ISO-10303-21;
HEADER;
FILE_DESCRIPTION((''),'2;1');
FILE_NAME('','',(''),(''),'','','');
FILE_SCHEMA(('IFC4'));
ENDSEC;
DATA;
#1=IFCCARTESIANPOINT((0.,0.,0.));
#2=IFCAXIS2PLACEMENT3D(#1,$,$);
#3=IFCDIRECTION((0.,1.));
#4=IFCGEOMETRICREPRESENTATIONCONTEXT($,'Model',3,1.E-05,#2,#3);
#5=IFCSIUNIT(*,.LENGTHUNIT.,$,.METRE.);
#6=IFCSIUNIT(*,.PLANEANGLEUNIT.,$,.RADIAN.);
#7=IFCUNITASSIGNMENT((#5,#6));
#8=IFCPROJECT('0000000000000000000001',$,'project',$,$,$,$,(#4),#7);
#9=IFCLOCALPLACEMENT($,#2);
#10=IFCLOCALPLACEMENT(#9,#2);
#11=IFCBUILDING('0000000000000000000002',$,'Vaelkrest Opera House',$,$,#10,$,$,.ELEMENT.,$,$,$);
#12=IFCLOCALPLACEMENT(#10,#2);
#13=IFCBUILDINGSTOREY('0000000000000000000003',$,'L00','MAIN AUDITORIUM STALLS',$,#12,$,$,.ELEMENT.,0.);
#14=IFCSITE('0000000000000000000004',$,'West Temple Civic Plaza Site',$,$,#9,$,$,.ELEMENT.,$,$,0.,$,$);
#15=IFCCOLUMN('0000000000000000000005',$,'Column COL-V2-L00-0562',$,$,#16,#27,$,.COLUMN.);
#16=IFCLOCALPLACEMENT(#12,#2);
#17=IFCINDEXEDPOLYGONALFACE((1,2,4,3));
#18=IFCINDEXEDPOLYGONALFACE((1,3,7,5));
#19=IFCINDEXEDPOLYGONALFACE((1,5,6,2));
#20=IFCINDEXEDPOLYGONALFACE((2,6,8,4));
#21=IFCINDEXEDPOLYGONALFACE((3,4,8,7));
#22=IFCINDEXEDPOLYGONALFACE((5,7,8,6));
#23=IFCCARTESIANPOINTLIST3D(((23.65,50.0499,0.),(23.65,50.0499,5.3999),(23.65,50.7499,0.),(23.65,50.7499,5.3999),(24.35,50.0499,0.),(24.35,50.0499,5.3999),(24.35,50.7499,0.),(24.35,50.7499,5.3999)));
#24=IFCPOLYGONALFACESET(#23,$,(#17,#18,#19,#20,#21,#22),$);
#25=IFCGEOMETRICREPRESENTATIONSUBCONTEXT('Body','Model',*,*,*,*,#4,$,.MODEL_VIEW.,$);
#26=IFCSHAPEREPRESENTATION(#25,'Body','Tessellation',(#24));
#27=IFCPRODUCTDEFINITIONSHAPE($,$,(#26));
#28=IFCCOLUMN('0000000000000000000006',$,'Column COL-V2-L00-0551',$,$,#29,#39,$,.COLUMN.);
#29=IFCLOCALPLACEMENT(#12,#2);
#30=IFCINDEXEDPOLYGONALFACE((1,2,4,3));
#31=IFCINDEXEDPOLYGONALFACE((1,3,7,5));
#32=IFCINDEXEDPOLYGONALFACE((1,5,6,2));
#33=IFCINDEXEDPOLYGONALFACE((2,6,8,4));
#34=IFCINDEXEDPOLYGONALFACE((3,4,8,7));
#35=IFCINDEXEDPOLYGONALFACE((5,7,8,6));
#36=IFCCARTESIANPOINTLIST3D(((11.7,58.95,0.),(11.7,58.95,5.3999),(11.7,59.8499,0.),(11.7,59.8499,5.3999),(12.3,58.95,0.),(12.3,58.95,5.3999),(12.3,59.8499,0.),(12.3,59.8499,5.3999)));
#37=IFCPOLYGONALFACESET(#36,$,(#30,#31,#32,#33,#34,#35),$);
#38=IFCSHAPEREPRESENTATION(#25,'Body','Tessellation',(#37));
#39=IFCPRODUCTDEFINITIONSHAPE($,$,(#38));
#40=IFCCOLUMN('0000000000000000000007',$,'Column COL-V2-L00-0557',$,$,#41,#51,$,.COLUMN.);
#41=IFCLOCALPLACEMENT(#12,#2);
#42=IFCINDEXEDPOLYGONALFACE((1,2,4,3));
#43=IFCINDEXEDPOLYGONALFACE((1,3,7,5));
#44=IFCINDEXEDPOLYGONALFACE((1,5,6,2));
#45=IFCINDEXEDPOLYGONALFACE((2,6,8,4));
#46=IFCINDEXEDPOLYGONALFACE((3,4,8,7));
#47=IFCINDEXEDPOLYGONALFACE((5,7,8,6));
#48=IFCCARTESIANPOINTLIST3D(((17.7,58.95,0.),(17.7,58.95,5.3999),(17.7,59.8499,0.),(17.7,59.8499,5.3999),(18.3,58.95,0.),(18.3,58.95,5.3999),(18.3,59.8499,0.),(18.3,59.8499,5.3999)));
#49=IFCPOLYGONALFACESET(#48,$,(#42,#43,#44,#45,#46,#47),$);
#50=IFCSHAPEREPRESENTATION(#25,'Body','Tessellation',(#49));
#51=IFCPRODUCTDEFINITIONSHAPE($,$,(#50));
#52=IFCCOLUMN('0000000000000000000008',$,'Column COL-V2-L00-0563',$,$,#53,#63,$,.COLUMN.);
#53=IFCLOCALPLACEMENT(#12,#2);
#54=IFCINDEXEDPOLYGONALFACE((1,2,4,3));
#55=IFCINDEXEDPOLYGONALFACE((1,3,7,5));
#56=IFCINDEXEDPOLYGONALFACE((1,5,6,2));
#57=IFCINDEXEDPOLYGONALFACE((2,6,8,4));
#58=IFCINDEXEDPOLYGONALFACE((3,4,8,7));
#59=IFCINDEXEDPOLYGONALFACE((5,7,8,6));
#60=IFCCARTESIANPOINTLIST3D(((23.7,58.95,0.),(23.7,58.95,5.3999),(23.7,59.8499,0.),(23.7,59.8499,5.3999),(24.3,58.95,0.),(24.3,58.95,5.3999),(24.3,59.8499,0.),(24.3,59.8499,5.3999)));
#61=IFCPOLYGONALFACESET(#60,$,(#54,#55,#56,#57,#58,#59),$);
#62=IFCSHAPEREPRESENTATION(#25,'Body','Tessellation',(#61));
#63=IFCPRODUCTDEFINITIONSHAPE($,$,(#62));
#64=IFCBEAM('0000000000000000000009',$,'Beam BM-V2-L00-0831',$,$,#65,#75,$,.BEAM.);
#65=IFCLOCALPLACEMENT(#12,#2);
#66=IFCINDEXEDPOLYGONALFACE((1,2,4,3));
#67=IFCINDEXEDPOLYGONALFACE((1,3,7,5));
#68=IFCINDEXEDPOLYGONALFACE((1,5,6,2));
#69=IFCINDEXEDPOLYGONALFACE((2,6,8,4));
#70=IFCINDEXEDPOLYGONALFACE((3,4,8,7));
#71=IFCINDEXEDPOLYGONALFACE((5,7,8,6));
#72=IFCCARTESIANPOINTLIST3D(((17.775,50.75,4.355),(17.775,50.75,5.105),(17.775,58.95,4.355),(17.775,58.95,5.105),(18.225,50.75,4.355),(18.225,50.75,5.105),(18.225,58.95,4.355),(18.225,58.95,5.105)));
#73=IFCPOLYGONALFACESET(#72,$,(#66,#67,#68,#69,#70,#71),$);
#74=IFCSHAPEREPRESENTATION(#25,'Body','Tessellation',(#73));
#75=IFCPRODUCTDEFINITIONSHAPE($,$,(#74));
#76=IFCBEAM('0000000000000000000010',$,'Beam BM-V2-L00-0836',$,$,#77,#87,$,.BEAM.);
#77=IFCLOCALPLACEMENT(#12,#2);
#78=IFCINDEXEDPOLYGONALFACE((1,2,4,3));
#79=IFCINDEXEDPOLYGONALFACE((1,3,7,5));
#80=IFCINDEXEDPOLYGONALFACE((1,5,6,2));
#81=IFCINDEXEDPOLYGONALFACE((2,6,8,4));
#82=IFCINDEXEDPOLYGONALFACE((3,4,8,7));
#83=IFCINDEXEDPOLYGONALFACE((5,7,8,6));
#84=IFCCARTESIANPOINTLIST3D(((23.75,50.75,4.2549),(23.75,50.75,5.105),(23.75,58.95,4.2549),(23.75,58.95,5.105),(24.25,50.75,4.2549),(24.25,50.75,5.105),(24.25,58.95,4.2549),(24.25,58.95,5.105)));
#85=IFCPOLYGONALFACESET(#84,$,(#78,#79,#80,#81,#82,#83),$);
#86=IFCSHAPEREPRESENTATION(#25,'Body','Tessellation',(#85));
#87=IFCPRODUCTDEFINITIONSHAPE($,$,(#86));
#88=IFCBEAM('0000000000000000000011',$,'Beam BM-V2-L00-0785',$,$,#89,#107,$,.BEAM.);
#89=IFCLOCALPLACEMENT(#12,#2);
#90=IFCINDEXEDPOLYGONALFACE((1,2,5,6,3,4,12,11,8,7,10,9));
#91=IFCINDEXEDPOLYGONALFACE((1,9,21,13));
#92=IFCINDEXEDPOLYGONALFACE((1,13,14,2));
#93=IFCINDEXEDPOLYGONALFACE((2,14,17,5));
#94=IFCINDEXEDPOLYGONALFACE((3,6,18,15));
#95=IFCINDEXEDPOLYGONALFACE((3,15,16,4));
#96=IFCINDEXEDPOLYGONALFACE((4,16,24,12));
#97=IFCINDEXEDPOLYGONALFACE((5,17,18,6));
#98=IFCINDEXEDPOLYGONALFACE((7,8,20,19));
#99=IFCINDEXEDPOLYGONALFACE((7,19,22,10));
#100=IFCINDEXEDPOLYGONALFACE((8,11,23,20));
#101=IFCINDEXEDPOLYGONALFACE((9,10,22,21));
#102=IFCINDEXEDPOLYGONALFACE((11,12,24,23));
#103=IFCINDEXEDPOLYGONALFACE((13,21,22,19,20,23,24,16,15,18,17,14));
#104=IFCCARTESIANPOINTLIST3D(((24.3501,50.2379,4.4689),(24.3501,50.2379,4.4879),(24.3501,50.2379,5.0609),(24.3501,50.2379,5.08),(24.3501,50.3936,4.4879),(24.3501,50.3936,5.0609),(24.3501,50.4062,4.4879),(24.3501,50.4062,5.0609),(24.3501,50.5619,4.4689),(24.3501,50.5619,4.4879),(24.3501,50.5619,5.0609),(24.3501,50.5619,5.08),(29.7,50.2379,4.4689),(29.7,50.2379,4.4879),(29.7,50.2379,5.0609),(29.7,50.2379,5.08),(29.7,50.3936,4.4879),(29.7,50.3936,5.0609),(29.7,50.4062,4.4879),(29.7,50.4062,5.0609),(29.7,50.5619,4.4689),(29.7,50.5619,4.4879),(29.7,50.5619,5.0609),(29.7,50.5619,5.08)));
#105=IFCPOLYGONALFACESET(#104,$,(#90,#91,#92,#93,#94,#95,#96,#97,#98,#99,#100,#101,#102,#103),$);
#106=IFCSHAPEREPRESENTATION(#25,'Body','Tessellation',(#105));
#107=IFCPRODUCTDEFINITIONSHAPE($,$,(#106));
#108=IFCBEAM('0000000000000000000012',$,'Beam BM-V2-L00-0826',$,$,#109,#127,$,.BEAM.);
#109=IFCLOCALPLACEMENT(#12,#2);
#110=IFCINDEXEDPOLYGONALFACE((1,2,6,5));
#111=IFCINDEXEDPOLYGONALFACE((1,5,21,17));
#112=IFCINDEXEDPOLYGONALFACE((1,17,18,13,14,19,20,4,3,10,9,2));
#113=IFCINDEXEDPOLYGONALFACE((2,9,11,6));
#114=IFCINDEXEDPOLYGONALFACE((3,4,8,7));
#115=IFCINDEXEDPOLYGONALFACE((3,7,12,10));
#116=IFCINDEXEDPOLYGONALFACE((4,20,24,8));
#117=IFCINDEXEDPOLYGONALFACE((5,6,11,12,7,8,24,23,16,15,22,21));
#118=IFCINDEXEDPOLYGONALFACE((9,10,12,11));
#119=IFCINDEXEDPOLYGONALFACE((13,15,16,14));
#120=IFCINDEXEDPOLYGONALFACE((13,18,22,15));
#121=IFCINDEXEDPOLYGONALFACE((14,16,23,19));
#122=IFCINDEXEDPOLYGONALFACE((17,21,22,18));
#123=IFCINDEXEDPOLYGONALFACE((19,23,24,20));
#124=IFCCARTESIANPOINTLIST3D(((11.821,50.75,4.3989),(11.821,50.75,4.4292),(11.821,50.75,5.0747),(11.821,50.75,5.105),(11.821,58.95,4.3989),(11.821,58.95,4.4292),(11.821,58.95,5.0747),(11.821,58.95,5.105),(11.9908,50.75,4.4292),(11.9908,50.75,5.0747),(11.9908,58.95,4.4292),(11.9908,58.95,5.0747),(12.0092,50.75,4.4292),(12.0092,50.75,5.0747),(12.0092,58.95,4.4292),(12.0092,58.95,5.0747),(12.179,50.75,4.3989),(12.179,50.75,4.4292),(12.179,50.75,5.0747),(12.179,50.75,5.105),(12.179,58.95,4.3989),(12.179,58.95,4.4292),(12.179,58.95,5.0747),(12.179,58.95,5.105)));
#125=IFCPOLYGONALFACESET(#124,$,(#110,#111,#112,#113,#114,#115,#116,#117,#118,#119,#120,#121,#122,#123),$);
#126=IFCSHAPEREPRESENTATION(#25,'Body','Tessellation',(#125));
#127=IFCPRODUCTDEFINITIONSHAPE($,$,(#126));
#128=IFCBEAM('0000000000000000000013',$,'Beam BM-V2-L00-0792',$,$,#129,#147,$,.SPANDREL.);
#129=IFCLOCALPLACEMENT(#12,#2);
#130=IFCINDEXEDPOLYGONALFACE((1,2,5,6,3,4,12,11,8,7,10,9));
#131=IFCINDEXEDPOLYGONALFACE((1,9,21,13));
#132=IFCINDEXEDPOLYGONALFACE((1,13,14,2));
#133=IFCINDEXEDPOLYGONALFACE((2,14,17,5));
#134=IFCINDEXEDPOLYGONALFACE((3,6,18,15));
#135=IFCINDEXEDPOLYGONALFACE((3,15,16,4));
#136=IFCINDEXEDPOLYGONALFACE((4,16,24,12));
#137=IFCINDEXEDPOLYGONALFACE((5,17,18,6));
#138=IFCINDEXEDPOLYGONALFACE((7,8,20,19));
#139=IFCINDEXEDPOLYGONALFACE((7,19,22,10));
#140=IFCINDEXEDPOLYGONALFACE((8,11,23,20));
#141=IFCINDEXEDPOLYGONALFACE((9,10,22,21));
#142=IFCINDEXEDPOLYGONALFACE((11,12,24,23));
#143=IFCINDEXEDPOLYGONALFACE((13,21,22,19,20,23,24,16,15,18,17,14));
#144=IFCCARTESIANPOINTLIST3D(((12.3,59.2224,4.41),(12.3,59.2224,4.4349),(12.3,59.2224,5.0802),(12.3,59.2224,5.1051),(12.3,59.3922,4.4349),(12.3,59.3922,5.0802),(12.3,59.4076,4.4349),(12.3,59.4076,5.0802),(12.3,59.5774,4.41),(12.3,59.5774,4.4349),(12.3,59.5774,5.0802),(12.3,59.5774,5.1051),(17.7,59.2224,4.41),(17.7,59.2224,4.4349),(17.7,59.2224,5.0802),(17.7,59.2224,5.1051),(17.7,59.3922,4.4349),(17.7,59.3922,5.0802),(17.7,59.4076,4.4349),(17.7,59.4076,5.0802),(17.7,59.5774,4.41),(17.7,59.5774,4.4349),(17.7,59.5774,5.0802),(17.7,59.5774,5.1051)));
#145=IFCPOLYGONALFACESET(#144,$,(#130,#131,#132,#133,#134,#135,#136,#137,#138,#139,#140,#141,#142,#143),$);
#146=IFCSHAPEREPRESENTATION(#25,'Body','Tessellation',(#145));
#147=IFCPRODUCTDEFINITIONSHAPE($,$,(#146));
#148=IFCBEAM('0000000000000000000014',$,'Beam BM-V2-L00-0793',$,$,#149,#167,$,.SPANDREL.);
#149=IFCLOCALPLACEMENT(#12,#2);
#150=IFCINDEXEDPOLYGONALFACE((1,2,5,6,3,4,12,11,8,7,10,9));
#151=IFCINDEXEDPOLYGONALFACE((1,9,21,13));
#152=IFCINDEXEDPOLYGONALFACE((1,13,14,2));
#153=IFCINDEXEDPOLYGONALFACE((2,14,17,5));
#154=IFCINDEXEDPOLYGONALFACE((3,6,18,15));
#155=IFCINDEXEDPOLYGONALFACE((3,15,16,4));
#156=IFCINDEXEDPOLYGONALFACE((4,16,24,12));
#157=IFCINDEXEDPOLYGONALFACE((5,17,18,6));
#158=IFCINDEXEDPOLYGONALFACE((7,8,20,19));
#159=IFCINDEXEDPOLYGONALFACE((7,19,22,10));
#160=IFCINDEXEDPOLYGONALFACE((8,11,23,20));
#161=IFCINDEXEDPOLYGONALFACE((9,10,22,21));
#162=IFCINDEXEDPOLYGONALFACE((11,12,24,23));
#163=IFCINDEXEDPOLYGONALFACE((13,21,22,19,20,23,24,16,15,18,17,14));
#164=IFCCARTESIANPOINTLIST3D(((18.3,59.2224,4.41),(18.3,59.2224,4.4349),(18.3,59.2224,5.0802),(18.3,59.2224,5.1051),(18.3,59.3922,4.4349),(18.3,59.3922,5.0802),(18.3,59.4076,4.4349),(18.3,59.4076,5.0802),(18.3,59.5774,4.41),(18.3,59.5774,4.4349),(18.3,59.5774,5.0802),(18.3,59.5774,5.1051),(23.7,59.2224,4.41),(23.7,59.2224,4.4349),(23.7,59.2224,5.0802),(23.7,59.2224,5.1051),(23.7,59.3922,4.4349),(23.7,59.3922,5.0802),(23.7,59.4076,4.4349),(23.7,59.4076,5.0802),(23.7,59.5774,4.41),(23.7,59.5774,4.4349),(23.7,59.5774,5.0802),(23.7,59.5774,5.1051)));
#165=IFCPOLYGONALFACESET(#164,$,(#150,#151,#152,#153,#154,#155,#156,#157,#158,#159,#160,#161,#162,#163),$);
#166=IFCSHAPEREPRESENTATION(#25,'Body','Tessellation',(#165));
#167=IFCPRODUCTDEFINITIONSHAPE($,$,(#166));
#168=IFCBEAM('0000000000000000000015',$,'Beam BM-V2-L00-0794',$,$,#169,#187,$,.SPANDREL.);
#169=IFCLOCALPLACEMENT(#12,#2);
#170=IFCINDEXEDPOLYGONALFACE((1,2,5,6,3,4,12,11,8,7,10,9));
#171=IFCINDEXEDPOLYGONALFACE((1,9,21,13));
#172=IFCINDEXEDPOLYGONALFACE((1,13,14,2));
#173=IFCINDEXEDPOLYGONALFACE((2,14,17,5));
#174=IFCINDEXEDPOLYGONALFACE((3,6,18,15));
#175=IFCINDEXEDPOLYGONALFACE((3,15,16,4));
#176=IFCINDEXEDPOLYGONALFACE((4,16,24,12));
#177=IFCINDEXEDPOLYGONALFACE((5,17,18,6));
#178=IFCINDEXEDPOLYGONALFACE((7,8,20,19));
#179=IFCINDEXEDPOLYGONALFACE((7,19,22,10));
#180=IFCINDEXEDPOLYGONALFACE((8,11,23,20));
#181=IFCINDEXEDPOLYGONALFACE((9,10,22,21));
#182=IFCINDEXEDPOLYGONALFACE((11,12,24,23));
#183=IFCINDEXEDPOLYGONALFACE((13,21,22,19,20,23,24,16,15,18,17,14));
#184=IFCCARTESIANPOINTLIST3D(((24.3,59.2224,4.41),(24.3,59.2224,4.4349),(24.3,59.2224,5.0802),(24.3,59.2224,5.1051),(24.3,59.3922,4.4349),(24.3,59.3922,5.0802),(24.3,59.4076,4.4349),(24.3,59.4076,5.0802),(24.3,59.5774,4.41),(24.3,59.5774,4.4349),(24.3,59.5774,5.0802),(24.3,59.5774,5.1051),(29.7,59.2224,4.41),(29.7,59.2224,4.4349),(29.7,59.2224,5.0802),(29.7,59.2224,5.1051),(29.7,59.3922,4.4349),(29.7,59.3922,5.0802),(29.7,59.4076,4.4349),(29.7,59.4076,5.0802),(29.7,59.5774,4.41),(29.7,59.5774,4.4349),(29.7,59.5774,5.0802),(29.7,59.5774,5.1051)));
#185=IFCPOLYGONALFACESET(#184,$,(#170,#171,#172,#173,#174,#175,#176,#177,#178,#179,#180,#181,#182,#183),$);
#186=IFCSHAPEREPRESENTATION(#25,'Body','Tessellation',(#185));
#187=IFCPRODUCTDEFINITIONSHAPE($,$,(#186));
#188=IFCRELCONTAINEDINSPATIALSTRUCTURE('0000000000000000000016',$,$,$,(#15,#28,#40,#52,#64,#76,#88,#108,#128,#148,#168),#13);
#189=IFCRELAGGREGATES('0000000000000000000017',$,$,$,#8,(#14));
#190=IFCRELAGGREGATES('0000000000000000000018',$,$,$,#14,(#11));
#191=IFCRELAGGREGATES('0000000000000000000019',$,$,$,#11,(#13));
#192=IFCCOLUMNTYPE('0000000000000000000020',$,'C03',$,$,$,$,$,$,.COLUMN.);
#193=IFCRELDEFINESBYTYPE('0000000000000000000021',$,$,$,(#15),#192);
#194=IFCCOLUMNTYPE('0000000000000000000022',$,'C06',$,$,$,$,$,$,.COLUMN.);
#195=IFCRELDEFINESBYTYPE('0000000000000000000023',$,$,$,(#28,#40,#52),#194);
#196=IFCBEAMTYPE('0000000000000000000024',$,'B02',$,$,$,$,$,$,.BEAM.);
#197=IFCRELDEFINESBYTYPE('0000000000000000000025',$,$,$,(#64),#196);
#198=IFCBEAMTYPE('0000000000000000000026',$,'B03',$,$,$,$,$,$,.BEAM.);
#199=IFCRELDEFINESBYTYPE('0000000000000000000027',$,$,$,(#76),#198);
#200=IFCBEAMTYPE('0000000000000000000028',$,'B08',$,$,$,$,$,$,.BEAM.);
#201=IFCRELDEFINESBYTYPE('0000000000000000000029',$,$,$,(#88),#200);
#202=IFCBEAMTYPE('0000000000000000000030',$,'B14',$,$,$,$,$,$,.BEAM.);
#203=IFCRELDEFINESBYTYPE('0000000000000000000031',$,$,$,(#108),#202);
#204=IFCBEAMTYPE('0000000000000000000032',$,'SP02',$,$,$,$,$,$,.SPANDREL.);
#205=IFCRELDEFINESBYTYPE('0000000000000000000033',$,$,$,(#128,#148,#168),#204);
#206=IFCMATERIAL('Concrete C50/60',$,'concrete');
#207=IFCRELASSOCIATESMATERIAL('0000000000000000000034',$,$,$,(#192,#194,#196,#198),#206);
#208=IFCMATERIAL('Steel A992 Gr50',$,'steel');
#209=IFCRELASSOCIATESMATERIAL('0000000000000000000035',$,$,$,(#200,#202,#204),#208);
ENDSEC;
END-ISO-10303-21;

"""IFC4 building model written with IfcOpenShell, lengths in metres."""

from ifc_helpers import new_model, si_unit, direction, frame, origin, origin_2d, place, context, subcontext, project, spatial, rectangle, i_section, extrude, material, material_profile, profile_set, type_object, element, save


model = new_model("IFC4")

# Units and contexts
model_context = context("Model", 3, precision=1e-05, world=origin(), true_north=direction((0.0, 1.0)))
body_context = subcontext(model_context, "Body", "Model", "MODEL_VIEW")
ifc_project = project(units=[si_unit("LENGTHUNIT", "METRE"), si_unit("PLANEANGLEUNIT", "RADIAN")], contexts=[model_context])

# Site, building, storey
site_placement = place(None, origin())
site = spatial("IfcSite", under=ifc_project, at=site_placement, Name="West Temple Civic Plaza Site", CompositionType="ELEMENT", RefElevation=0.0)
building_placement = place(site_placement, origin())
building = spatial("IfcBuilding", under=site, at=building_placement, Name="Vaelkrest Opera House", CompositionType="ELEMENT")
storey_placement = place(building_placement, origin())
storey = spatial("IfcBuildingStorey", under=building, at=storey_placement, Name="L00", Description="MAIN AUDITORIUM STALLS", CompositionType="ELEMENT", Elevation=0.0)

# Columns
ifc_material_1 = material(Name="Concrete C50/60", Category="concrete")
ifc_material_profile_1 = material_profile(ifc_material_1, rectangle(XDim=0.7, YDim=0.7, at=origin_2d()), Name="RC700X700")
ifc_profile_set_1 = profile_set([ifc_material_profile_1], Name="Concrete C50/60")
column_type_1 = type_object("IfcColumnType", Name="C03", PredefinedType="COLUMN", material=ifc_profile_set_1)
column_placement = place(storey_placement, frame((24.0, 50.3999, 0.0), z_axis=(0.0, 0.0, 1.0), x_axis=(1.0, 0.0, 0.0)))
element("IfcColumn", 1, at=column_placement, inside=storey, type_object=column_type_1, Name="Column COL-V2-L00-0562", PredefinedType="COLUMN", context=body_context, shape_type="SweptSolid", body=[
    extrude(rectangle(XDim=0.7, YDim=0.7, at=origin_2d()), origin(), (0.0, 0.0, 1.0), 5.3999),
])
ifc_material_profile_2 = material_profile(ifc_material_1, rectangle(XDim=0.6001, YDim=0.8999, at=origin_2d()), Name="RC600X900")
ifc_profile_set_2 = profile_set([ifc_material_profile_2], Name="Concrete C50/60")
column_type_2 = type_object("IfcColumnType", Name="C06", PredefinedType="COLUMN", material=ifc_profile_set_2)
for number, where, z_axis, x_axis, name in (
    (2, (12.0, 59.3999, 0.0), (0.0, 0.0, 1.0), (1.0, 0.0, 0.0), "Column COL-V2-L00-0551"),
    (3, (18.0, 59.3999, 0.0), (0.0, 0.0, 1.0), (1.0, 0.0, 0.0), "Column COL-V2-L00-0557"),
    (4, (24.0, 59.3999, 0.0), (0.0, 0.0, 1.0), (1.0, 0.0, 0.0), "Column COL-V2-L00-0563"),
):
    element("IfcColumn", number, at=place(storey_placement, frame(where, z_axis=z_axis, x_axis=x_axis)), inside=storey, type_object=column_type_2, Name=name, PredefinedType="COLUMN", context=body_context, shape_type="SweptSolid", body=[
        extrude(rectangle(XDim=0.6001, YDim=0.8999, at=origin_2d()), origin(), (0.0, 0.0, 1.0), 5.3999),
    ])

# Beams
ifc_material_profile_3 = material_profile(ifc_material_1, rectangle(XDim=0.45, YDim=0.75, at=origin_2d()), Name="RCB450X750")
ifc_profile_set_3 = profile_set([ifc_material_profile_3], Name="Concrete C50/60")
beam_type_1 = type_object("IfcBeamType", Name="B02", PredefinedType="BEAM", material=ifc_profile_set_3)
beam_1_placement = place(storey_placement, frame((18.0, 50.75, 4.73), z_axis=(0.0, 1.0, 0.0), x_axis=(-1.0, 0.0, 0.0)))
element("IfcBeam", 5, at=beam_1_placement, inside=storey, type_object=beam_type_1, Name="Beam BM-V2-L00-0831", PredefinedType="BEAM", context=body_context, shape_type="SweptSolid", body=[
    extrude(rectangle(XDim=0.45, YDim=0.75, at=origin_2d()), origin(), (0.0, 0.0, 1.0), 8.2),
])
ifc_material_profile_4 = material_profile(ifc_material_1, rectangle(XDim=0.5, YDim=0.8501, at=origin_2d()), Name="RCB500X850")
ifc_profile_set_4 = profile_set([ifc_material_profile_4], Name="Concrete C50/60")
beam_type_2 = type_object("IfcBeamType", Name="B03", PredefinedType="BEAM", material=ifc_profile_set_4)
beam_2_placement = place(storey_placement, frame((24.0, 50.75, 4.6799), z_axis=(0.0, 1.0, 0.0), x_axis=(-1.0, 0.0, 0.0)))
element("IfcBeam", 6, at=beam_2_placement, inside=storey, type_object=beam_type_2, Name="Beam BM-V2-L00-0836", PredefinedType="BEAM", context=body_context, shape_type="SweptSolid", body=[
    extrude(rectangle(XDim=0.5, YDim=0.8501, at=origin_2d()), origin(), (0.0, 0.0, 1.0), 8.2),
])
ifc_material_2 = material(Name="Steel A992 Gr50", Category="steel")
ifc_material_profile_5 = material_profile(ifc_material_2, i_section(OverallWidth=0.324, OverallDepth=0.6111, WebThickness=0.0127, FlangeThickness=0.019, at=origin_2d()), Name="W24X104")
ifc_profile_set_5 = profile_set([ifc_material_profile_5], Name="Steel A992 Gr50")
beam_type_3 = type_object("IfcBeamType", Name="B08", PredefinedType="BEAM", material=ifc_profile_set_5)
beam_3_placement = place(storey_placement, frame((24.3501, 50.3999, 4.7744), z_axis=(1.0, 0.0, 0.0), x_axis=(0.0, 1.0, 0.0)))
element("IfcBeam", 7, at=beam_3_placement, inside=storey, type_object=beam_type_3, Name="Beam BM-V2-L00-0785", PredefinedType="BEAM", context=body_context, shape_type="SweptSolid", body=[
    extrude(i_section(OverallWidth=0.324, OverallDepth=0.6111, WebThickness=0.0127, FlangeThickness=0.019, at=origin_2d()), origin(), (0.0, 0.0, 1.0), 5.3499),
])
ifc_material_profile_6 = material_profile(ifc_material_2, i_section(OverallWidth=0.3579, OverallDepth=0.7061, WebThickness=0.0183, FlangeThickness=0.0303, at=origin_2d()), Name="W27X178")
ifc_profile_set_6 = profile_set([ifc_material_profile_6], Name="Steel A992 Gr50")
beam_type_4 = type_object("IfcBeamType", Name="B14", PredefinedType="BEAM", material=ifc_profile_set_6)
beam_4_placement = place(storey_placement, frame((12.0, 50.75, 4.752), z_axis=(0.0, 1.0, 0.0), x_axis=(-1.0, 0.0, 0.0)))
element("IfcBeam", 8, at=beam_4_placement, inside=storey, type_object=beam_type_4, Name="Beam BM-V2-L00-0826", PredefinedType="BEAM", context=body_context, shape_type="SweptSolid", body=[
    extrude(i_section(OverallWidth=0.3579, OverallDepth=0.7061, WebThickness=0.0183, FlangeThickness=0.0303, at=origin_2d()), origin(), (0.0, 0.0, 1.0), 8.2),
])
ifc_material_profile_7 = material_profile(ifc_material_2, i_section(OverallWidth=0.355, OverallDepth=0.6951, WebThickness=0.0154, FlangeThickness=0.0249, at=origin_2d()), Name="W27X146")
ifc_profile_set_7 = profile_set([ifc_material_profile_7], Name="Steel A992 Gr50")
beam_type_5 = type_object("IfcBeamType", Name="SP02", PredefinedType="SPANDREL", material=ifc_profile_set_7)
for number, where, z_axis, x_axis, name in (
    (9, (12.3, 59.3999, 4.7576), (1.0, 0.0, 0.0), (0.0, 1.0, 0.0), "Beam BM-V2-L00-0792"),
    (10, (18.3, 59.3999, 4.7576), (1.0, 0.0, 0.0), (0.0, 1.0, 0.0), "Beam BM-V2-L00-0793"),
    (11, (24.3, 59.3999, 4.7576), (1.0, 0.0, 0.0), (0.0, 1.0, 0.0), "Beam BM-V2-L00-0794"),
):
    element("IfcBeam", number, at=place(storey_placement, frame(where, z_axis=z_axis, x_axis=x_axis)), inside=storey, type_object=beam_type_5, Name=name, PredefinedType="SPANDREL", context=body_context, shape_type="SweptSolid", body=[
        extrude(i_section(OverallWidth=0.355, OverallDepth=0.6951, WebThickness=0.0154, FlangeThickness=0.0249, at=origin_2d()), origin(), (0.0, 0.0, 1.0), 5.3999),
    ])

save(model, "model.ifc")
